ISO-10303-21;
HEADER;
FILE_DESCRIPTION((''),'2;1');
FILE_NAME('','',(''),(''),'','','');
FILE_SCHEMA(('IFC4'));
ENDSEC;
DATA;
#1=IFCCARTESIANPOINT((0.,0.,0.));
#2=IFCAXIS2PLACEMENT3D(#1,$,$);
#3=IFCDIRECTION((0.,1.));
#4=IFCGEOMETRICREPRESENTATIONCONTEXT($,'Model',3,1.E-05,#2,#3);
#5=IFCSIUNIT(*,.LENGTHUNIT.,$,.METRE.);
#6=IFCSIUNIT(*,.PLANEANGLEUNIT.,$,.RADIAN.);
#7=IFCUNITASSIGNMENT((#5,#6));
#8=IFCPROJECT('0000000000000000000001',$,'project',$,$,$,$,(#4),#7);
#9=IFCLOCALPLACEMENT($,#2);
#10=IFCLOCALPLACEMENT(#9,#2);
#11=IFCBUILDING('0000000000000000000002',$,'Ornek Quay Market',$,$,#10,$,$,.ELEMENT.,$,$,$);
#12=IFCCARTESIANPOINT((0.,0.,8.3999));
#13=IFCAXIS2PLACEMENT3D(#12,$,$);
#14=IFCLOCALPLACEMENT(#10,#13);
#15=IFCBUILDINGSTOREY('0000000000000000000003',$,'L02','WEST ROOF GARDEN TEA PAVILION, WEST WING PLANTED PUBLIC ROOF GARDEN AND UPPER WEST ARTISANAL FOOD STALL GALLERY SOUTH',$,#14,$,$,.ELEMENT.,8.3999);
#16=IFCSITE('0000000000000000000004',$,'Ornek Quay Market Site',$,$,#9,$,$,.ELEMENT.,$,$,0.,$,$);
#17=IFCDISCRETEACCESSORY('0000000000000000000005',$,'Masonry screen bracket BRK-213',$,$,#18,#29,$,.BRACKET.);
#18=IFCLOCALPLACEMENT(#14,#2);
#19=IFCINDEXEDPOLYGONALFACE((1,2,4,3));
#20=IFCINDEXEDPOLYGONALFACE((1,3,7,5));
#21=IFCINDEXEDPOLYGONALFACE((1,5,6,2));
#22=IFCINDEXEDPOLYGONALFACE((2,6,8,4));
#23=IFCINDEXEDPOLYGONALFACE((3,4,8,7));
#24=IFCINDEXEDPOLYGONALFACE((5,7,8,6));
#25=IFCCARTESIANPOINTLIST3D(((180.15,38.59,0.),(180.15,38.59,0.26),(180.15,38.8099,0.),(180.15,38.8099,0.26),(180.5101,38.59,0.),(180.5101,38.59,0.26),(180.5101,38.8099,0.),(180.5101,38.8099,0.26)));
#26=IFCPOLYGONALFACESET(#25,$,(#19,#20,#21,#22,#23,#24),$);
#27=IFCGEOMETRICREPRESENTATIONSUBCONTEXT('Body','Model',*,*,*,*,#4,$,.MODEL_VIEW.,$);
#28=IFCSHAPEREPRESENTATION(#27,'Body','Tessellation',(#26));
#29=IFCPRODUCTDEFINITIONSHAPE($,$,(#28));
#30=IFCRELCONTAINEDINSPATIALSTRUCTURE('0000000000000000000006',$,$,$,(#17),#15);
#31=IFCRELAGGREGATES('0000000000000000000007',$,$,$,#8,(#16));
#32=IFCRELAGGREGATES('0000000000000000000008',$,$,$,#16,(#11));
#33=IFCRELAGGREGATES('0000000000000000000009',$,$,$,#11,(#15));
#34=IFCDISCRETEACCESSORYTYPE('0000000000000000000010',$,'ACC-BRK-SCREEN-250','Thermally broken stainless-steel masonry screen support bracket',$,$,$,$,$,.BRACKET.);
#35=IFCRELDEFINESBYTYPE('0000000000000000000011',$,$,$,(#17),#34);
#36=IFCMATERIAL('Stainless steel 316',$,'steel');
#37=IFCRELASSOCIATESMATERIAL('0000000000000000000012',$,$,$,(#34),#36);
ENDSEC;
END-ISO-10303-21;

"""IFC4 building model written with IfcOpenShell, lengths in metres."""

from ifc_helpers import new_model, si_unit, direction, frame, origin, origin_2d, place, context, subcontext, project, spatial, rectangle, extrude, material, type_object, element, save


model = new_model("IFC4")

# Units and contexts
model_context = context("Model", 3, precision=1e-05, world=origin(), true_north=direction((0.0, 1.0)))
body_context = subcontext(model_context, "Body", "Model", "MODEL_VIEW")
ifc_project = project(units=[si_unit("LENGTHUNIT", "METRE"), si_unit("PLANEANGLEUNIT", "RADIAN")], contexts=[model_context])

# Site, building, storey
site_placement = place(None, origin())
site = spatial("IfcSite", under=ifc_project, at=site_placement, Name="Ornek Quay Market Site", CompositionType="ELEMENT", RefElevation=0.0)
building_placement = place(site_placement, origin())
building = spatial("IfcBuilding", under=site, at=building_placement, Name="Ornek Quay Market", CompositionType="ELEMENT")
storey_placement = place(building_placement, frame((0.0, 0.0, 8.3999)))
storey = spatial("IfcBuildingStorey", under=building, at=storey_placement, Name="L02", Description="WEST ROOF GARDEN TEA PAVILION, WEST WING PLANTED PUBLIC ROOF GARDEN AND UPPER WEST ARTISANAL FOOD STALL GALLERY SOUTH", CompositionType="ELEMENT", Elevation=8.3999)

# Discrete accessory
ifc_material_1 = material(Name="Stainless steel 316", Category="steel")
discrete_accessory_type = type_object("IfcDiscreteAccessoryType", Name="ACC-BRK-SCREEN-250", Description="Thermally broken stainless-steel masonry screen support bracket", PredefinedType="BRACKET", material=ifc_material_1)
for number, where, z_axis, x_axis, name in (
    (1, (180.3301, 38.7, 0.0), (0.0, 0.0, 1.0), (0.0, 1.0, 0.0), "Masonry screen bracket BRK-213"),
):
    element("IfcDiscreteAccessory", number, at=place(storey_placement, frame(where, z_axis=z_axis, x_axis=x_axis)), inside=storey, type_object=discrete_accessory_type, Name=name, PredefinedType="BRACKET", context=body_context, shape_type="SweptSolid", body=[
        extrude(rectangle(XDim=0.22, YDim=0.3601, at=origin_2d()), origin(), (0.0, 0.0, 1.0), 0.26),
    ])

save(model, "model.ifc")
